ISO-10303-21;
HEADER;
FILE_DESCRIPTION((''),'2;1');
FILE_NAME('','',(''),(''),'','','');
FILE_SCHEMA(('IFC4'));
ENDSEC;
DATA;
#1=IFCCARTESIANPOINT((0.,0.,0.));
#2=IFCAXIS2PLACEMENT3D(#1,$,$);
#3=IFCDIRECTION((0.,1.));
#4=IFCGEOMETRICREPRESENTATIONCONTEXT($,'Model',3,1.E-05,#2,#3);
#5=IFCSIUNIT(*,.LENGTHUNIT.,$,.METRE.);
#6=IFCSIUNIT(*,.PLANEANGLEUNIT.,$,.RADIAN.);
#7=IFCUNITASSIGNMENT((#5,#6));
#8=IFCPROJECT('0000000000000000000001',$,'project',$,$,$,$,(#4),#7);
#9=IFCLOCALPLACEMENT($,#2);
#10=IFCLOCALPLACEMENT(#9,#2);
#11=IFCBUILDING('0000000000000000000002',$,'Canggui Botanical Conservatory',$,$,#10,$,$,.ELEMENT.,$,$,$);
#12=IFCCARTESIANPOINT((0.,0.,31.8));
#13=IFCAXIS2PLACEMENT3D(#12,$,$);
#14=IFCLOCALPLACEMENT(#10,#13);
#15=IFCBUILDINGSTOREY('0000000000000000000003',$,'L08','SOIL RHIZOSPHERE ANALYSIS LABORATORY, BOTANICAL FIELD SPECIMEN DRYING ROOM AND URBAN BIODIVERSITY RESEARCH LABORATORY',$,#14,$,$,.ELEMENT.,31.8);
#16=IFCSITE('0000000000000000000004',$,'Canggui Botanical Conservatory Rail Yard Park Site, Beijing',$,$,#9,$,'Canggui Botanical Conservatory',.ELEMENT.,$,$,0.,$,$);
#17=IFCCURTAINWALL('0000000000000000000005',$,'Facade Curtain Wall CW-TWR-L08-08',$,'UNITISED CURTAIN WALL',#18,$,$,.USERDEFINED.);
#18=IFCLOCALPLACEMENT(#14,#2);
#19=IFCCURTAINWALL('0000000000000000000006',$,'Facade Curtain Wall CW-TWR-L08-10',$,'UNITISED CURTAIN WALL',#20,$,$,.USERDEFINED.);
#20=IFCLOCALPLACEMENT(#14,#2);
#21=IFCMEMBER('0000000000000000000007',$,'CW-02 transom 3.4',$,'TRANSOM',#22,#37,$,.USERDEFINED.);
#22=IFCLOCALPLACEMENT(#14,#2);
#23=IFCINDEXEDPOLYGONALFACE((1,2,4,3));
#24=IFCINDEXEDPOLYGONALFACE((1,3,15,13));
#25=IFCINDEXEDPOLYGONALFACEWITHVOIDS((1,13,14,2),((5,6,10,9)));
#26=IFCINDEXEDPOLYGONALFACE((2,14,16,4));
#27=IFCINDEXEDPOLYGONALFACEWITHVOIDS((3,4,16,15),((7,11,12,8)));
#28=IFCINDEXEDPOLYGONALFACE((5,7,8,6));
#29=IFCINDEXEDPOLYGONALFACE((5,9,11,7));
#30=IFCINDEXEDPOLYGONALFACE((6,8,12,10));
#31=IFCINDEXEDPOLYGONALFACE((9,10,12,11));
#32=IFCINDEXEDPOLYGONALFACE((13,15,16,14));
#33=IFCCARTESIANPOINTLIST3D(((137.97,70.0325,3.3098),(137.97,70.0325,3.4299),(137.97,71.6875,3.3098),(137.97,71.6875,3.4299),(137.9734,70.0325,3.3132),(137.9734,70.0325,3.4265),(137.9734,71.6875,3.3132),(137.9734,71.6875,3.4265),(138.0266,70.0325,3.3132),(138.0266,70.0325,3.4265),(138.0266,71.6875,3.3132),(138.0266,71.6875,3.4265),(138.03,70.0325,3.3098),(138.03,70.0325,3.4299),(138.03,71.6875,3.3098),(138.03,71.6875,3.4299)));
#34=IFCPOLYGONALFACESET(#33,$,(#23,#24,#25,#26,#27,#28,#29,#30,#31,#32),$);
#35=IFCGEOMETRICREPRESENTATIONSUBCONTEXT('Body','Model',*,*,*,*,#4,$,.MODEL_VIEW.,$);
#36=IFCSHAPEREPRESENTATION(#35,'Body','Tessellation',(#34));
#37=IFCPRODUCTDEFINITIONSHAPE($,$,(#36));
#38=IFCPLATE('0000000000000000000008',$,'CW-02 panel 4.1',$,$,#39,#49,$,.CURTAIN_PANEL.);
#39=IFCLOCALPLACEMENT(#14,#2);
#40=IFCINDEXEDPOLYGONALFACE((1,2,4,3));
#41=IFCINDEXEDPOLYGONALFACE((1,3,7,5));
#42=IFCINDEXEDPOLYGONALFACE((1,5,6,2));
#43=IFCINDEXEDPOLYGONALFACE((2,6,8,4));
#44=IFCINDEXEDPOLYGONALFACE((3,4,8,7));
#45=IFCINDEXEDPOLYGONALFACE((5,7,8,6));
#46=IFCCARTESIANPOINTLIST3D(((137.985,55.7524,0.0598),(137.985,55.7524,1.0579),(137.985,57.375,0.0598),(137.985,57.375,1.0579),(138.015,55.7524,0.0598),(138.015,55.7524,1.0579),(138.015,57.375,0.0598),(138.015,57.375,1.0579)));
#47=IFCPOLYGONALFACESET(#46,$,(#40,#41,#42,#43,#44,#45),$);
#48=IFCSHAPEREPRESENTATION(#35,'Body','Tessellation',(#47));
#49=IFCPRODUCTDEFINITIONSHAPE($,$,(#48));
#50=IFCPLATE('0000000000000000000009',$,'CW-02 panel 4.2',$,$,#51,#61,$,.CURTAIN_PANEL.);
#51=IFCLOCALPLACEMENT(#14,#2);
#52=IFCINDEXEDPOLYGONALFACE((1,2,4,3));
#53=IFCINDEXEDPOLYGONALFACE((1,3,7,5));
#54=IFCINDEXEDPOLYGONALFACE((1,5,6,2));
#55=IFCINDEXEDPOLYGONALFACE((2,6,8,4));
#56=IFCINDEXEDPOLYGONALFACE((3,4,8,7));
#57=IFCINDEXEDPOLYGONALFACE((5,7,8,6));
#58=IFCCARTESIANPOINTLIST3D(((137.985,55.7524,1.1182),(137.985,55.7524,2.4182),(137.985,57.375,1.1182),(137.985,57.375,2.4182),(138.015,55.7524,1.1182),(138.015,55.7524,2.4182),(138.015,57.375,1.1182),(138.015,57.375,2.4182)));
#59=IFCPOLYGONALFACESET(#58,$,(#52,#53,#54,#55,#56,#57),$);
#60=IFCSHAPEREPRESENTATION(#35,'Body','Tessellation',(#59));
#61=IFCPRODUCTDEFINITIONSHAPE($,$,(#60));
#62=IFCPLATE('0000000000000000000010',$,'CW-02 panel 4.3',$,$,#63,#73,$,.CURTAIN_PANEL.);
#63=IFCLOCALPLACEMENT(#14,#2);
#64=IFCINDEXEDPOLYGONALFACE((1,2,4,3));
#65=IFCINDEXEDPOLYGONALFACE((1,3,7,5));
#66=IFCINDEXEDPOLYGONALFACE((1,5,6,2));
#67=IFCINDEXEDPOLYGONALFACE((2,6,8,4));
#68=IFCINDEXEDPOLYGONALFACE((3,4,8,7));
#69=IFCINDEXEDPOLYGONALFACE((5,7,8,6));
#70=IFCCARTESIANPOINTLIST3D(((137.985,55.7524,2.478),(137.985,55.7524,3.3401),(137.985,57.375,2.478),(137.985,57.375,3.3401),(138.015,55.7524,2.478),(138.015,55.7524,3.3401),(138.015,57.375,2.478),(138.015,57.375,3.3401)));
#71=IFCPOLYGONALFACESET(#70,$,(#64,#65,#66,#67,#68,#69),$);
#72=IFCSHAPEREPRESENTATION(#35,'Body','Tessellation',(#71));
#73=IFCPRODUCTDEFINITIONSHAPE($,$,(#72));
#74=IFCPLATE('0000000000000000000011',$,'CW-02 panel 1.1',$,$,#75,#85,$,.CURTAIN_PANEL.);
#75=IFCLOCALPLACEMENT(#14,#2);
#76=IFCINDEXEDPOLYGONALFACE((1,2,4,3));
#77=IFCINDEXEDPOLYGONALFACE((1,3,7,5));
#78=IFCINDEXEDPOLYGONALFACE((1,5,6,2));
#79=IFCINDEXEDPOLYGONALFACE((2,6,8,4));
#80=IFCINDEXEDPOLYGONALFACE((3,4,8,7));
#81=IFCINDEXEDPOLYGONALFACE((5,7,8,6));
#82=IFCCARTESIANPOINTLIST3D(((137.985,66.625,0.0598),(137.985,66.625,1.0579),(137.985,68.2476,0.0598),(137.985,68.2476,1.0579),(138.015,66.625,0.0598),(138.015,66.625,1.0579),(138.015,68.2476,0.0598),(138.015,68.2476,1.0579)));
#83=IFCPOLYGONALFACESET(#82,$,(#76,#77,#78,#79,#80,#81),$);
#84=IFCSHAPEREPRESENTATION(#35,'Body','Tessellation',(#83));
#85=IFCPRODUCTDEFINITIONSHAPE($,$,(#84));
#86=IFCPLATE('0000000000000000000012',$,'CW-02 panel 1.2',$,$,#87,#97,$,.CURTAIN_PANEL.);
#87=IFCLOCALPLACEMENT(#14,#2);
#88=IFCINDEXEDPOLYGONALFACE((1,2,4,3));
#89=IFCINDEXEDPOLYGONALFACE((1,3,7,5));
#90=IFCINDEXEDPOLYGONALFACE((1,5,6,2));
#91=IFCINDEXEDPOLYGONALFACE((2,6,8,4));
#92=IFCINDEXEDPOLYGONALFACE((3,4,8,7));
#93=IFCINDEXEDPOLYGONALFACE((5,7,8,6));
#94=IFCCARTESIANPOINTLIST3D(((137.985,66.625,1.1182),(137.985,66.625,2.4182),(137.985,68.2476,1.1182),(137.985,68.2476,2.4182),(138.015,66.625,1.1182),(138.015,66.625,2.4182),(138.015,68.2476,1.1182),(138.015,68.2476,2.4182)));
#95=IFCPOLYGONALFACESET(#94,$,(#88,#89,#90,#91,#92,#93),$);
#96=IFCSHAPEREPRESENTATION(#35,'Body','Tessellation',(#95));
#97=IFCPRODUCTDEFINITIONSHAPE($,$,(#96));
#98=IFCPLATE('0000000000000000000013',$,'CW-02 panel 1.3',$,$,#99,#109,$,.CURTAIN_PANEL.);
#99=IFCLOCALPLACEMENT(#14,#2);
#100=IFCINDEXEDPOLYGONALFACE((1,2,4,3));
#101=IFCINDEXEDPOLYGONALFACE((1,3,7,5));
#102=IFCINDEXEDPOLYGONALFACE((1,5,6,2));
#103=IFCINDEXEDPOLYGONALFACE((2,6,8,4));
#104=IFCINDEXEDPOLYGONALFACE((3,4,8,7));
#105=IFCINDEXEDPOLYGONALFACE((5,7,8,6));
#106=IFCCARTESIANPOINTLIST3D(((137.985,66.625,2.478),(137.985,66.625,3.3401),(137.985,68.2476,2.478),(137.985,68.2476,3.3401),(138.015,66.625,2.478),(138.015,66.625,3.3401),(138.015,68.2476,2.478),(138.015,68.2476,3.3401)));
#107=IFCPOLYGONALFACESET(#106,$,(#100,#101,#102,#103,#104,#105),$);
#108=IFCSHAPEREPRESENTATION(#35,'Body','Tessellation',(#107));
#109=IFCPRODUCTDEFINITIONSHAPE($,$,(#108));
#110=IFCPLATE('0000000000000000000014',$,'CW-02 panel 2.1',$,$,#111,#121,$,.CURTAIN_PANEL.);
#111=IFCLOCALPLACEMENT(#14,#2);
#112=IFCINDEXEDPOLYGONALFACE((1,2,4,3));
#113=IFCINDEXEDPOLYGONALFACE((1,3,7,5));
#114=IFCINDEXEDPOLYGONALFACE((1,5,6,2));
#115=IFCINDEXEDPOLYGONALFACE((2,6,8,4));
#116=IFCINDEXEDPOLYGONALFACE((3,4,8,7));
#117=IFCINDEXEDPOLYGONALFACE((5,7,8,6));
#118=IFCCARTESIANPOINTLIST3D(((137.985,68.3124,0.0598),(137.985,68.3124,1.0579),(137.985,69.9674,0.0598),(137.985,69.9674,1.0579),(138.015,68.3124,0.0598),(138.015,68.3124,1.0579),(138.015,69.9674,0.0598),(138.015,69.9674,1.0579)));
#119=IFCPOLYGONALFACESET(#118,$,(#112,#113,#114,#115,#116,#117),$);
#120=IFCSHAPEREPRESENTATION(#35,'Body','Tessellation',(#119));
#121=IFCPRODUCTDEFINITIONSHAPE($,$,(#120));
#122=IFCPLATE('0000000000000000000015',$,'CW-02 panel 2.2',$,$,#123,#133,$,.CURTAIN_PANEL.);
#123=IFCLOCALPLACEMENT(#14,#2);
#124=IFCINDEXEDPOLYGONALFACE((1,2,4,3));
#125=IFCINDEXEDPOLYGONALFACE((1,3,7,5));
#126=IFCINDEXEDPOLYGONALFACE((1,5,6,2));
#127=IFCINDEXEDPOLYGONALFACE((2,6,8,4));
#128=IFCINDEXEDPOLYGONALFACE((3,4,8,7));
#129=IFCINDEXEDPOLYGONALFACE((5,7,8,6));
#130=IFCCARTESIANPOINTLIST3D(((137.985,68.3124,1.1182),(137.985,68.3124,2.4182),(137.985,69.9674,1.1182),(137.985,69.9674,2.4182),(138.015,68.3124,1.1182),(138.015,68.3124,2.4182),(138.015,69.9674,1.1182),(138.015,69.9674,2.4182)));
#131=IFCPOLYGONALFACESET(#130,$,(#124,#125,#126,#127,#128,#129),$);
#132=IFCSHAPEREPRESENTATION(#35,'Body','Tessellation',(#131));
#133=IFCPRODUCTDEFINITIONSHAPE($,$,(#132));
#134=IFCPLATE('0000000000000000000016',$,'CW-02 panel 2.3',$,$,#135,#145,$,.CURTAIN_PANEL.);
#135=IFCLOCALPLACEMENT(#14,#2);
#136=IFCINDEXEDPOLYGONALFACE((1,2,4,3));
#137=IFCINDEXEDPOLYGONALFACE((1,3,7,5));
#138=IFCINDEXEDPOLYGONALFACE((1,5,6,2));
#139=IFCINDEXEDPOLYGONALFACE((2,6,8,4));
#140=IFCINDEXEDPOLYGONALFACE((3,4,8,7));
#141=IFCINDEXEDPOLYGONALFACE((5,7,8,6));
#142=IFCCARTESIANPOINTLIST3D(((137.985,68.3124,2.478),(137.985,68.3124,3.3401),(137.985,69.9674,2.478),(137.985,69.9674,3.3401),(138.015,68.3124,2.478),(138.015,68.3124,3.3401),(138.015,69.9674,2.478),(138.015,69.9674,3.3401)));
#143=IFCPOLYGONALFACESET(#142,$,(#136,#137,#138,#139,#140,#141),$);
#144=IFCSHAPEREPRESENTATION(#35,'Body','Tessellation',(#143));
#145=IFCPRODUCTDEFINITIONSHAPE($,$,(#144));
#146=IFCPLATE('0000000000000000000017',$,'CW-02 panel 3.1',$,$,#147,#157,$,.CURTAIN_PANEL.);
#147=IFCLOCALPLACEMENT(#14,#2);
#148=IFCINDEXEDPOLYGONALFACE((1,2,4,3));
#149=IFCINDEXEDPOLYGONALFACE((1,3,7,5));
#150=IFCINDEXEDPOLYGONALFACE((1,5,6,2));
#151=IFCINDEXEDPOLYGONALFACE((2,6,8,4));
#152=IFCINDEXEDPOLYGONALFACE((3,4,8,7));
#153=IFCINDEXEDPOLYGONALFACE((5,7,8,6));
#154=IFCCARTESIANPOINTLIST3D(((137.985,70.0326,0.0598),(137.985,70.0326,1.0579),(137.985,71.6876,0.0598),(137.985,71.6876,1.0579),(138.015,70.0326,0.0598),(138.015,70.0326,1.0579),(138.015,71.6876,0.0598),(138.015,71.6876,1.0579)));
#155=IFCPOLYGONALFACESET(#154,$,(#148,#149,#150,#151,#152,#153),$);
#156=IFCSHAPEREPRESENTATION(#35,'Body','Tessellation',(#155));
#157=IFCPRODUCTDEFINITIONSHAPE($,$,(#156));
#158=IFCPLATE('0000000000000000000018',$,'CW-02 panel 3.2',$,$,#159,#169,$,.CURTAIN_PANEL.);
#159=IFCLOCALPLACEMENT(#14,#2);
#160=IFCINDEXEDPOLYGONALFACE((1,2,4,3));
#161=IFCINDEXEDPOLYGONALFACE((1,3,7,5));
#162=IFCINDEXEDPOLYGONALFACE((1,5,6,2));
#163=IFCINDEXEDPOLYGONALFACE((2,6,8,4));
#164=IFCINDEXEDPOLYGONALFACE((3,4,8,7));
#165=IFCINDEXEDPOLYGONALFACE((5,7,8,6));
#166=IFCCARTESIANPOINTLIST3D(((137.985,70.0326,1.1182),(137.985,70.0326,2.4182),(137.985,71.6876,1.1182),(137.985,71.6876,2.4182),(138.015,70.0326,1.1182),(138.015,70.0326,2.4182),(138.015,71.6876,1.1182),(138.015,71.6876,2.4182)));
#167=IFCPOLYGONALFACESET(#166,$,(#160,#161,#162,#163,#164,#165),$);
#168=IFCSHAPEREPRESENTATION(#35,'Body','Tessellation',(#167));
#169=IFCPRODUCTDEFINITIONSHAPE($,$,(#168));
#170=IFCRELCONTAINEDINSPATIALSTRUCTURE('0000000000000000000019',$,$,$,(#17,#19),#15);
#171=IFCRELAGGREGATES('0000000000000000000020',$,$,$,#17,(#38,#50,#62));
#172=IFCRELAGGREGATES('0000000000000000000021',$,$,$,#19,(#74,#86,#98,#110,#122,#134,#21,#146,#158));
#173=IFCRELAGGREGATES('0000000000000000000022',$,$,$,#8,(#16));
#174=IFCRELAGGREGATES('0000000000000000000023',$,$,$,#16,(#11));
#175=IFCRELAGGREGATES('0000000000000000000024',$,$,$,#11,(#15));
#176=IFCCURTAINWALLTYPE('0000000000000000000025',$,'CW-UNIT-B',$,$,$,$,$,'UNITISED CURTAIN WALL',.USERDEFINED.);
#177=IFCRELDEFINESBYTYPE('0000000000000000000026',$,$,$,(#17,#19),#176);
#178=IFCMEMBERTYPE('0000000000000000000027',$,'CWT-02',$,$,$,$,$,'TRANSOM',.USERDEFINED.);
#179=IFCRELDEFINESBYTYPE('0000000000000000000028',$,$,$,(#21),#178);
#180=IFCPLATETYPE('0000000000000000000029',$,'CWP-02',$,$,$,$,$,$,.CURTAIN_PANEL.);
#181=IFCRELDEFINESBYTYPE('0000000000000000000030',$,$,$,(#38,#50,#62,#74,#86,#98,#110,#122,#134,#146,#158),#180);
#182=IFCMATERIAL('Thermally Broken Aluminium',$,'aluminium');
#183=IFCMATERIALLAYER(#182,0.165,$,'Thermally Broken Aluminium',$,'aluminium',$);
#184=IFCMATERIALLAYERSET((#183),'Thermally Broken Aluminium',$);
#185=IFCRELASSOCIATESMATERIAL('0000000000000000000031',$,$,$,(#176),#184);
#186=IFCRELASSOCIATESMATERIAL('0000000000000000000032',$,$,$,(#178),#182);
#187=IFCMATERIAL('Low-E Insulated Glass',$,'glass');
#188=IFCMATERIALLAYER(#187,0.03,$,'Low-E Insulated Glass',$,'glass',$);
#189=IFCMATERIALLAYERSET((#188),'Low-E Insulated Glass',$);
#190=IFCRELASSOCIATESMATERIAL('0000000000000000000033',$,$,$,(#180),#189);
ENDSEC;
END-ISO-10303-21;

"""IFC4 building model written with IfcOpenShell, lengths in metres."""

from ifc_helpers import new_model, si_unit, direction, frame, origin, origin_2d, place, context, subcontext, project, spatial, rectangle, hollow_rectangle, extrude, material, layer, layer_set, material_profile, profile_set, type_object, element, aggregate, save


model = new_model("IFC4")

# Units and contexts
model_context = context("Model", 3, precision=1e-05, world=origin(), true_north=direction((0.0, 1.0)))
body_context = subcontext(model_context, "Body", "Model", "MODEL_VIEW")
ifc_project = project(units=[si_unit("LENGTHUNIT", "METRE"), si_unit("PLANEANGLEUNIT", "RADIAN")], contexts=[model_context])

# Site, building, storey
site_placement = place(None, origin())
site = spatial("IfcSite", under=ifc_project, at=site_placement, Name="Canggui Botanical Conservatory Rail Yard Park Site, Beijing", LongName="Canggui Botanical Conservatory", CompositionType="ELEMENT", RefElevation=0.0)
building_placement = place(site_placement, origin())
building = spatial("IfcBuilding", under=site, at=building_placement, Name="Canggui Botanical Conservatory", CompositionType="ELEMENT")
storey_placement = place(building_placement, frame((0.0, 0.0, 31.8)))
storey = spatial("IfcBuildingStorey", under=building, at=storey_placement, Name="L08", Description="SOIL RHIZOSPHERE ANALYSIS LABORATORY, BOTANICAL FIELD SPECIMEN DRYING ROOM AND URBAN BIODIVERSITY RESEARCH LABORATORY", CompositionType="ELEMENT", Elevation=31.8)

# Curtain walls
ifc_material_1 = material(Name="Thermally Broken Aluminium", Category="aluminium")
ifc_layer_1 = layer(ifc_material_1, 0.165, Name="Thermally Broken Aluminium", Category="aluminium")
ifc_layer_set_1 = layer_set([ifc_layer_1], Name="Thermally Broken Aluminium")
curtain_wall_type = type_object("IfcCurtainWallType", Name="CW-UNIT-B", ElementType="UNITISED CURTAIN WALL", PredefinedType="USERDEFINED", material=ifc_layer_set_1)
curtain_wall_1_placement = place(storey_placement, origin())
curtain_wall_1 = element("IfcCurtainWall", 1, at=curtain_wall_1_placement, inside=storey, type_object=curtain_wall_type, Name="Facade Curtain Wall CW-TWR-L08-08", ObjectType="UNITISED CURTAIN WALL", PredefinedType="USERDEFINED")
curtain_wall_2_placement = place(storey_placement, origin())
curtain_wall_2 = element("IfcCurtainWall", 2, at=curtain_wall_2_placement, inside=storey, type_object=curtain_wall_type, Name="Facade Curtain Wall CW-TWR-L08-10", ObjectType="UNITISED CURTAIN WALL", PredefinedType="USERDEFINED")

# Member
ifc_material_profile_1 = material_profile(ifc_material_1, hollow_rectangle(XDim=0.0601, YDim=0.1201, WallThickness=0.0034, at=origin_2d()), Name="CWT 60x120x3.5")
ifc_profile_set_1 = profile_set([ifc_material_profile_1], Name="Thermally Broken Aluminium")
member_type_1 = type_object("IfcMemberType", Name="CWT-02", ElementType="TRANSOM", PredefinedType="USERDEFINED", material=ifc_profile_set_1)
member_1_placement = place(storey_placement, frame((138.0, 70.0325, 3.3699), z_axis=(0.0, 1.0, 0.0), x_axis=(-1.0, 0.0, 0.0)))
member_1 = element("IfcMember", 3, at=member_1_placement, type_object=member_type_1, Name="CW-02 transom 3.4", ObjectType="TRANSOM", PredefinedType="USERDEFINED", context=body_context, shape_type="SweptSolid", body=[
    extrude(hollow_rectangle(XDim=0.0601, YDim=0.1201, WallThickness=0.0034, at=origin_2d()), origin(), (0.0, 0.0, 1.0), 1.655),
])

# Plates
ifc_material_2 = material(Name="Low-E Insulated Glass", Category="glass")
ifc_layer_2 = layer(ifc_material_2, 0.03, Name="Low-E Insulated Glass", Category="glass")
ifc_layer_set_2 = layer_set([ifc_layer_2], Name="Low-E Insulated Glass")
plate_type = type_object("IfcPlateType", Name="CWP-02", PredefinedType="CURTAIN_PANEL", material=ifc_layer_set_2)
plate_1_placement = place(storey_placement, frame((138.0, 56.5637, 0.0598), z_axis=(0.0, 0.0, 1.0), x_axis=(0.0, 1.0, 0.0)))
plate_1 = element("IfcPlate", 4, at=plate_1_placement, type_object=plate_type, Name="CW-02 panel 4.1", PredefinedType="CURTAIN_PANEL", context=body_context, shape_type="SweptSolid", body=[
    extrude(rectangle(XDim=1.6226, YDim=0.03, at=origin_2d()), origin(), (0.0, 0.0, 1.0), 0.998),
])
plate_2_placement = place(storey_placement, frame((138.0, 56.5637, 1.1182), z_axis=(0.0, 0.0, 1.0), x_axis=(0.0, 1.0, 0.0)))
plate_2 = element("IfcPlate", 5, at=plate_2_placement, type_object=plate_type, Name="CW-02 panel 4.2", PredefinedType="CURTAIN_PANEL", context=body_context, shape_type="SweptSolid", body=[
    extrude(rectangle(XDim=1.6226, YDim=0.03, at=origin_2d()), origin(), (0.0, 0.0, 1.0), 1.3),
])
plate_3_placement = place(storey_placement, frame((138.0, 56.5637, 2.478), z_axis=(0.0, 0.0, 1.0), x_axis=(0.0, 1.0, 0.0)))
plate_3 = element("IfcPlate", 6, at=plate_3_placement, type_object=plate_type, Name="CW-02 panel 4.3", PredefinedType="CURTAIN_PANEL", context=body_context, shape_type="SweptSolid", body=[
    extrude(rectangle(XDim=1.6226, YDim=0.03, at=origin_2d()), origin(), (0.0, 0.0, 1.0), 0.8621),
])
aggregate(curtain_wall_1, [plate_1, plate_2, plate_3])
plate_4_placement = place(storey_placement, frame((138.0, 67.4363, 0.0598), z_axis=(0.0, 0.0, 1.0), x_axis=(0.0, 1.0, 0.0)))
plate_4 = element("IfcPlate", 7, at=plate_4_placement, type_object=plate_type, Name="CW-02 panel 1.1", PredefinedType="CURTAIN_PANEL", context=body_context, shape_type="SweptSolid", body=[
    extrude(rectangle(XDim=1.6226, YDim=0.03, at=origin_2d()), origin(), (0.0, 0.0, 1.0), 0.998),
])
plate_5_placement = place(storey_placement, frame((138.0, 67.4363, 1.1182), z_axis=(0.0, 0.0, 1.0), x_axis=(0.0, 1.0, 0.0)))
plate_5 = element("IfcPlate", 8, at=plate_5_placement, type_object=plate_type, Name="CW-02 panel 1.2", PredefinedType="CURTAIN_PANEL", context=body_context, shape_type="SweptSolid", body=[
    extrude(rectangle(XDim=1.6226, YDim=0.03, at=origin_2d()), origin(), (0.0, 0.0, 1.0), 1.3),
])
plate_6_placement = place(storey_placement, frame((138.0, 67.4363, 2.478), z_axis=(0.0, 0.0, 1.0), x_axis=(0.0, 1.0, 0.0)))
plate_6 = element("IfcPlate", 9, at=plate_6_placement, type_object=plate_type, Name="CW-02 panel 1.3", PredefinedType="CURTAIN_PANEL", context=body_context, shape_type="SweptSolid", body=[
    extrude(rectangle(XDim=1.6226, YDim=0.03, at=origin_2d()), origin(), (0.0, 0.0, 1.0), 0.8621),
])
plate_7_placement = place(storey_placement, frame((138.0, 69.1399, 0.0598), z_axis=(0.0, 0.0, 1.0), x_axis=(0.0, 1.0, 0.0)))
plate_7 = element("IfcPlate", 10, at=plate_7_placement, type_object=plate_type, Name="CW-02 panel 2.1", PredefinedType="CURTAIN_PANEL", context=body_context, shape_type="SweptSolid", body=[
    extrude(rectangle(XDim=1.655, YDim=0.03, at=origin_2d()), origin(), (0.0, 0.0, 1.0), 0.998),
])
plate_8_placement = place(storey_placement, frame((138.0, 69.1399, 1.1182), z_axis=(0.0, 0.0, 1.0), x_axis=(0.0, 1.0, 0.0)))
plate_8 = element("IfcPlate", 11, at=plate_8_placement, type_object=plate_type, Name="CW-02 panel 2.2", PredefinedType="CURTAIN_PANEL", context=body_context, shape_type="SweptSolid", body=[
    extrude(rectangle(XDim=1.655, YDim=0.03, at=origin_2d()), origin(), (0.0, 0.0, 1.0), 1.3),
])
plate_9_placement = place(storey_placement, frame((138.0, 69.1399, 2.478), z_axis=(0.0, 0.0, 1.0), x_axis=(0.0, 1.0, 0.0)))
plate_9 = element("IfcPlate", 12, at=plate_9_placement, type_object=plate_type, Name="CW-02 panel 2.3", PredefinedType="CURTAIN_PANEL", context=body_context, shape_type="SweptSolid", body=[
    extrude(rectangle(XDim=1.655, YDim=0.03, at=origin_2d()), origin(), (0.0, 0.0, 1.0), 0.8621),
])
plate_10_placement = place(storey_placement, frame((138.0, 70.8601, 0.0598), z_axis=(0.0, 0.0, 1.0), x_axis=(0.0, 1.0, 0.0)))
plate_10 = element("IfcPlate", 13, at=plate_10_placement, type_object=plate_type, Name="CW-02 panel 3.1", PredefinedType="CURTAIN_PANEL", context=body_context, shape_type="SweptSolid", body=[
    extrude(rectangle(XDim=1.655, YDim=0.03, at=origin_2d()), origin(), (0.0, 0.0, 1.0), 0.998),
])
plate_11_placement = place(storey_placement, frame((138.0, 70.8601, 1.1182), z_axis=(0.0, 0.0, 1.0), x_axis=(0.0, 1.0, 0.0)))
plate_11 = element("IfcPlate", 14, at=plate_11_placement, type_object=plate_type, Name="CW-02 panel 3.2", PredefinedType="CURTAIN_PANEL", context=body_context, shape_type="SweptSolid", body=[
    extrude(rectangle(XDim=1.655, YDim=0.03, at=origin_2d()), origin(), (0.0, 0.0, 1.0), 1.3),
])
aggregate(curtain_wall_2, [plate_4, plate_5, plate_6, plate_7, plate_8, plate_9, member_1, plate_10, plate_11])

save(model, "model.ifc")
